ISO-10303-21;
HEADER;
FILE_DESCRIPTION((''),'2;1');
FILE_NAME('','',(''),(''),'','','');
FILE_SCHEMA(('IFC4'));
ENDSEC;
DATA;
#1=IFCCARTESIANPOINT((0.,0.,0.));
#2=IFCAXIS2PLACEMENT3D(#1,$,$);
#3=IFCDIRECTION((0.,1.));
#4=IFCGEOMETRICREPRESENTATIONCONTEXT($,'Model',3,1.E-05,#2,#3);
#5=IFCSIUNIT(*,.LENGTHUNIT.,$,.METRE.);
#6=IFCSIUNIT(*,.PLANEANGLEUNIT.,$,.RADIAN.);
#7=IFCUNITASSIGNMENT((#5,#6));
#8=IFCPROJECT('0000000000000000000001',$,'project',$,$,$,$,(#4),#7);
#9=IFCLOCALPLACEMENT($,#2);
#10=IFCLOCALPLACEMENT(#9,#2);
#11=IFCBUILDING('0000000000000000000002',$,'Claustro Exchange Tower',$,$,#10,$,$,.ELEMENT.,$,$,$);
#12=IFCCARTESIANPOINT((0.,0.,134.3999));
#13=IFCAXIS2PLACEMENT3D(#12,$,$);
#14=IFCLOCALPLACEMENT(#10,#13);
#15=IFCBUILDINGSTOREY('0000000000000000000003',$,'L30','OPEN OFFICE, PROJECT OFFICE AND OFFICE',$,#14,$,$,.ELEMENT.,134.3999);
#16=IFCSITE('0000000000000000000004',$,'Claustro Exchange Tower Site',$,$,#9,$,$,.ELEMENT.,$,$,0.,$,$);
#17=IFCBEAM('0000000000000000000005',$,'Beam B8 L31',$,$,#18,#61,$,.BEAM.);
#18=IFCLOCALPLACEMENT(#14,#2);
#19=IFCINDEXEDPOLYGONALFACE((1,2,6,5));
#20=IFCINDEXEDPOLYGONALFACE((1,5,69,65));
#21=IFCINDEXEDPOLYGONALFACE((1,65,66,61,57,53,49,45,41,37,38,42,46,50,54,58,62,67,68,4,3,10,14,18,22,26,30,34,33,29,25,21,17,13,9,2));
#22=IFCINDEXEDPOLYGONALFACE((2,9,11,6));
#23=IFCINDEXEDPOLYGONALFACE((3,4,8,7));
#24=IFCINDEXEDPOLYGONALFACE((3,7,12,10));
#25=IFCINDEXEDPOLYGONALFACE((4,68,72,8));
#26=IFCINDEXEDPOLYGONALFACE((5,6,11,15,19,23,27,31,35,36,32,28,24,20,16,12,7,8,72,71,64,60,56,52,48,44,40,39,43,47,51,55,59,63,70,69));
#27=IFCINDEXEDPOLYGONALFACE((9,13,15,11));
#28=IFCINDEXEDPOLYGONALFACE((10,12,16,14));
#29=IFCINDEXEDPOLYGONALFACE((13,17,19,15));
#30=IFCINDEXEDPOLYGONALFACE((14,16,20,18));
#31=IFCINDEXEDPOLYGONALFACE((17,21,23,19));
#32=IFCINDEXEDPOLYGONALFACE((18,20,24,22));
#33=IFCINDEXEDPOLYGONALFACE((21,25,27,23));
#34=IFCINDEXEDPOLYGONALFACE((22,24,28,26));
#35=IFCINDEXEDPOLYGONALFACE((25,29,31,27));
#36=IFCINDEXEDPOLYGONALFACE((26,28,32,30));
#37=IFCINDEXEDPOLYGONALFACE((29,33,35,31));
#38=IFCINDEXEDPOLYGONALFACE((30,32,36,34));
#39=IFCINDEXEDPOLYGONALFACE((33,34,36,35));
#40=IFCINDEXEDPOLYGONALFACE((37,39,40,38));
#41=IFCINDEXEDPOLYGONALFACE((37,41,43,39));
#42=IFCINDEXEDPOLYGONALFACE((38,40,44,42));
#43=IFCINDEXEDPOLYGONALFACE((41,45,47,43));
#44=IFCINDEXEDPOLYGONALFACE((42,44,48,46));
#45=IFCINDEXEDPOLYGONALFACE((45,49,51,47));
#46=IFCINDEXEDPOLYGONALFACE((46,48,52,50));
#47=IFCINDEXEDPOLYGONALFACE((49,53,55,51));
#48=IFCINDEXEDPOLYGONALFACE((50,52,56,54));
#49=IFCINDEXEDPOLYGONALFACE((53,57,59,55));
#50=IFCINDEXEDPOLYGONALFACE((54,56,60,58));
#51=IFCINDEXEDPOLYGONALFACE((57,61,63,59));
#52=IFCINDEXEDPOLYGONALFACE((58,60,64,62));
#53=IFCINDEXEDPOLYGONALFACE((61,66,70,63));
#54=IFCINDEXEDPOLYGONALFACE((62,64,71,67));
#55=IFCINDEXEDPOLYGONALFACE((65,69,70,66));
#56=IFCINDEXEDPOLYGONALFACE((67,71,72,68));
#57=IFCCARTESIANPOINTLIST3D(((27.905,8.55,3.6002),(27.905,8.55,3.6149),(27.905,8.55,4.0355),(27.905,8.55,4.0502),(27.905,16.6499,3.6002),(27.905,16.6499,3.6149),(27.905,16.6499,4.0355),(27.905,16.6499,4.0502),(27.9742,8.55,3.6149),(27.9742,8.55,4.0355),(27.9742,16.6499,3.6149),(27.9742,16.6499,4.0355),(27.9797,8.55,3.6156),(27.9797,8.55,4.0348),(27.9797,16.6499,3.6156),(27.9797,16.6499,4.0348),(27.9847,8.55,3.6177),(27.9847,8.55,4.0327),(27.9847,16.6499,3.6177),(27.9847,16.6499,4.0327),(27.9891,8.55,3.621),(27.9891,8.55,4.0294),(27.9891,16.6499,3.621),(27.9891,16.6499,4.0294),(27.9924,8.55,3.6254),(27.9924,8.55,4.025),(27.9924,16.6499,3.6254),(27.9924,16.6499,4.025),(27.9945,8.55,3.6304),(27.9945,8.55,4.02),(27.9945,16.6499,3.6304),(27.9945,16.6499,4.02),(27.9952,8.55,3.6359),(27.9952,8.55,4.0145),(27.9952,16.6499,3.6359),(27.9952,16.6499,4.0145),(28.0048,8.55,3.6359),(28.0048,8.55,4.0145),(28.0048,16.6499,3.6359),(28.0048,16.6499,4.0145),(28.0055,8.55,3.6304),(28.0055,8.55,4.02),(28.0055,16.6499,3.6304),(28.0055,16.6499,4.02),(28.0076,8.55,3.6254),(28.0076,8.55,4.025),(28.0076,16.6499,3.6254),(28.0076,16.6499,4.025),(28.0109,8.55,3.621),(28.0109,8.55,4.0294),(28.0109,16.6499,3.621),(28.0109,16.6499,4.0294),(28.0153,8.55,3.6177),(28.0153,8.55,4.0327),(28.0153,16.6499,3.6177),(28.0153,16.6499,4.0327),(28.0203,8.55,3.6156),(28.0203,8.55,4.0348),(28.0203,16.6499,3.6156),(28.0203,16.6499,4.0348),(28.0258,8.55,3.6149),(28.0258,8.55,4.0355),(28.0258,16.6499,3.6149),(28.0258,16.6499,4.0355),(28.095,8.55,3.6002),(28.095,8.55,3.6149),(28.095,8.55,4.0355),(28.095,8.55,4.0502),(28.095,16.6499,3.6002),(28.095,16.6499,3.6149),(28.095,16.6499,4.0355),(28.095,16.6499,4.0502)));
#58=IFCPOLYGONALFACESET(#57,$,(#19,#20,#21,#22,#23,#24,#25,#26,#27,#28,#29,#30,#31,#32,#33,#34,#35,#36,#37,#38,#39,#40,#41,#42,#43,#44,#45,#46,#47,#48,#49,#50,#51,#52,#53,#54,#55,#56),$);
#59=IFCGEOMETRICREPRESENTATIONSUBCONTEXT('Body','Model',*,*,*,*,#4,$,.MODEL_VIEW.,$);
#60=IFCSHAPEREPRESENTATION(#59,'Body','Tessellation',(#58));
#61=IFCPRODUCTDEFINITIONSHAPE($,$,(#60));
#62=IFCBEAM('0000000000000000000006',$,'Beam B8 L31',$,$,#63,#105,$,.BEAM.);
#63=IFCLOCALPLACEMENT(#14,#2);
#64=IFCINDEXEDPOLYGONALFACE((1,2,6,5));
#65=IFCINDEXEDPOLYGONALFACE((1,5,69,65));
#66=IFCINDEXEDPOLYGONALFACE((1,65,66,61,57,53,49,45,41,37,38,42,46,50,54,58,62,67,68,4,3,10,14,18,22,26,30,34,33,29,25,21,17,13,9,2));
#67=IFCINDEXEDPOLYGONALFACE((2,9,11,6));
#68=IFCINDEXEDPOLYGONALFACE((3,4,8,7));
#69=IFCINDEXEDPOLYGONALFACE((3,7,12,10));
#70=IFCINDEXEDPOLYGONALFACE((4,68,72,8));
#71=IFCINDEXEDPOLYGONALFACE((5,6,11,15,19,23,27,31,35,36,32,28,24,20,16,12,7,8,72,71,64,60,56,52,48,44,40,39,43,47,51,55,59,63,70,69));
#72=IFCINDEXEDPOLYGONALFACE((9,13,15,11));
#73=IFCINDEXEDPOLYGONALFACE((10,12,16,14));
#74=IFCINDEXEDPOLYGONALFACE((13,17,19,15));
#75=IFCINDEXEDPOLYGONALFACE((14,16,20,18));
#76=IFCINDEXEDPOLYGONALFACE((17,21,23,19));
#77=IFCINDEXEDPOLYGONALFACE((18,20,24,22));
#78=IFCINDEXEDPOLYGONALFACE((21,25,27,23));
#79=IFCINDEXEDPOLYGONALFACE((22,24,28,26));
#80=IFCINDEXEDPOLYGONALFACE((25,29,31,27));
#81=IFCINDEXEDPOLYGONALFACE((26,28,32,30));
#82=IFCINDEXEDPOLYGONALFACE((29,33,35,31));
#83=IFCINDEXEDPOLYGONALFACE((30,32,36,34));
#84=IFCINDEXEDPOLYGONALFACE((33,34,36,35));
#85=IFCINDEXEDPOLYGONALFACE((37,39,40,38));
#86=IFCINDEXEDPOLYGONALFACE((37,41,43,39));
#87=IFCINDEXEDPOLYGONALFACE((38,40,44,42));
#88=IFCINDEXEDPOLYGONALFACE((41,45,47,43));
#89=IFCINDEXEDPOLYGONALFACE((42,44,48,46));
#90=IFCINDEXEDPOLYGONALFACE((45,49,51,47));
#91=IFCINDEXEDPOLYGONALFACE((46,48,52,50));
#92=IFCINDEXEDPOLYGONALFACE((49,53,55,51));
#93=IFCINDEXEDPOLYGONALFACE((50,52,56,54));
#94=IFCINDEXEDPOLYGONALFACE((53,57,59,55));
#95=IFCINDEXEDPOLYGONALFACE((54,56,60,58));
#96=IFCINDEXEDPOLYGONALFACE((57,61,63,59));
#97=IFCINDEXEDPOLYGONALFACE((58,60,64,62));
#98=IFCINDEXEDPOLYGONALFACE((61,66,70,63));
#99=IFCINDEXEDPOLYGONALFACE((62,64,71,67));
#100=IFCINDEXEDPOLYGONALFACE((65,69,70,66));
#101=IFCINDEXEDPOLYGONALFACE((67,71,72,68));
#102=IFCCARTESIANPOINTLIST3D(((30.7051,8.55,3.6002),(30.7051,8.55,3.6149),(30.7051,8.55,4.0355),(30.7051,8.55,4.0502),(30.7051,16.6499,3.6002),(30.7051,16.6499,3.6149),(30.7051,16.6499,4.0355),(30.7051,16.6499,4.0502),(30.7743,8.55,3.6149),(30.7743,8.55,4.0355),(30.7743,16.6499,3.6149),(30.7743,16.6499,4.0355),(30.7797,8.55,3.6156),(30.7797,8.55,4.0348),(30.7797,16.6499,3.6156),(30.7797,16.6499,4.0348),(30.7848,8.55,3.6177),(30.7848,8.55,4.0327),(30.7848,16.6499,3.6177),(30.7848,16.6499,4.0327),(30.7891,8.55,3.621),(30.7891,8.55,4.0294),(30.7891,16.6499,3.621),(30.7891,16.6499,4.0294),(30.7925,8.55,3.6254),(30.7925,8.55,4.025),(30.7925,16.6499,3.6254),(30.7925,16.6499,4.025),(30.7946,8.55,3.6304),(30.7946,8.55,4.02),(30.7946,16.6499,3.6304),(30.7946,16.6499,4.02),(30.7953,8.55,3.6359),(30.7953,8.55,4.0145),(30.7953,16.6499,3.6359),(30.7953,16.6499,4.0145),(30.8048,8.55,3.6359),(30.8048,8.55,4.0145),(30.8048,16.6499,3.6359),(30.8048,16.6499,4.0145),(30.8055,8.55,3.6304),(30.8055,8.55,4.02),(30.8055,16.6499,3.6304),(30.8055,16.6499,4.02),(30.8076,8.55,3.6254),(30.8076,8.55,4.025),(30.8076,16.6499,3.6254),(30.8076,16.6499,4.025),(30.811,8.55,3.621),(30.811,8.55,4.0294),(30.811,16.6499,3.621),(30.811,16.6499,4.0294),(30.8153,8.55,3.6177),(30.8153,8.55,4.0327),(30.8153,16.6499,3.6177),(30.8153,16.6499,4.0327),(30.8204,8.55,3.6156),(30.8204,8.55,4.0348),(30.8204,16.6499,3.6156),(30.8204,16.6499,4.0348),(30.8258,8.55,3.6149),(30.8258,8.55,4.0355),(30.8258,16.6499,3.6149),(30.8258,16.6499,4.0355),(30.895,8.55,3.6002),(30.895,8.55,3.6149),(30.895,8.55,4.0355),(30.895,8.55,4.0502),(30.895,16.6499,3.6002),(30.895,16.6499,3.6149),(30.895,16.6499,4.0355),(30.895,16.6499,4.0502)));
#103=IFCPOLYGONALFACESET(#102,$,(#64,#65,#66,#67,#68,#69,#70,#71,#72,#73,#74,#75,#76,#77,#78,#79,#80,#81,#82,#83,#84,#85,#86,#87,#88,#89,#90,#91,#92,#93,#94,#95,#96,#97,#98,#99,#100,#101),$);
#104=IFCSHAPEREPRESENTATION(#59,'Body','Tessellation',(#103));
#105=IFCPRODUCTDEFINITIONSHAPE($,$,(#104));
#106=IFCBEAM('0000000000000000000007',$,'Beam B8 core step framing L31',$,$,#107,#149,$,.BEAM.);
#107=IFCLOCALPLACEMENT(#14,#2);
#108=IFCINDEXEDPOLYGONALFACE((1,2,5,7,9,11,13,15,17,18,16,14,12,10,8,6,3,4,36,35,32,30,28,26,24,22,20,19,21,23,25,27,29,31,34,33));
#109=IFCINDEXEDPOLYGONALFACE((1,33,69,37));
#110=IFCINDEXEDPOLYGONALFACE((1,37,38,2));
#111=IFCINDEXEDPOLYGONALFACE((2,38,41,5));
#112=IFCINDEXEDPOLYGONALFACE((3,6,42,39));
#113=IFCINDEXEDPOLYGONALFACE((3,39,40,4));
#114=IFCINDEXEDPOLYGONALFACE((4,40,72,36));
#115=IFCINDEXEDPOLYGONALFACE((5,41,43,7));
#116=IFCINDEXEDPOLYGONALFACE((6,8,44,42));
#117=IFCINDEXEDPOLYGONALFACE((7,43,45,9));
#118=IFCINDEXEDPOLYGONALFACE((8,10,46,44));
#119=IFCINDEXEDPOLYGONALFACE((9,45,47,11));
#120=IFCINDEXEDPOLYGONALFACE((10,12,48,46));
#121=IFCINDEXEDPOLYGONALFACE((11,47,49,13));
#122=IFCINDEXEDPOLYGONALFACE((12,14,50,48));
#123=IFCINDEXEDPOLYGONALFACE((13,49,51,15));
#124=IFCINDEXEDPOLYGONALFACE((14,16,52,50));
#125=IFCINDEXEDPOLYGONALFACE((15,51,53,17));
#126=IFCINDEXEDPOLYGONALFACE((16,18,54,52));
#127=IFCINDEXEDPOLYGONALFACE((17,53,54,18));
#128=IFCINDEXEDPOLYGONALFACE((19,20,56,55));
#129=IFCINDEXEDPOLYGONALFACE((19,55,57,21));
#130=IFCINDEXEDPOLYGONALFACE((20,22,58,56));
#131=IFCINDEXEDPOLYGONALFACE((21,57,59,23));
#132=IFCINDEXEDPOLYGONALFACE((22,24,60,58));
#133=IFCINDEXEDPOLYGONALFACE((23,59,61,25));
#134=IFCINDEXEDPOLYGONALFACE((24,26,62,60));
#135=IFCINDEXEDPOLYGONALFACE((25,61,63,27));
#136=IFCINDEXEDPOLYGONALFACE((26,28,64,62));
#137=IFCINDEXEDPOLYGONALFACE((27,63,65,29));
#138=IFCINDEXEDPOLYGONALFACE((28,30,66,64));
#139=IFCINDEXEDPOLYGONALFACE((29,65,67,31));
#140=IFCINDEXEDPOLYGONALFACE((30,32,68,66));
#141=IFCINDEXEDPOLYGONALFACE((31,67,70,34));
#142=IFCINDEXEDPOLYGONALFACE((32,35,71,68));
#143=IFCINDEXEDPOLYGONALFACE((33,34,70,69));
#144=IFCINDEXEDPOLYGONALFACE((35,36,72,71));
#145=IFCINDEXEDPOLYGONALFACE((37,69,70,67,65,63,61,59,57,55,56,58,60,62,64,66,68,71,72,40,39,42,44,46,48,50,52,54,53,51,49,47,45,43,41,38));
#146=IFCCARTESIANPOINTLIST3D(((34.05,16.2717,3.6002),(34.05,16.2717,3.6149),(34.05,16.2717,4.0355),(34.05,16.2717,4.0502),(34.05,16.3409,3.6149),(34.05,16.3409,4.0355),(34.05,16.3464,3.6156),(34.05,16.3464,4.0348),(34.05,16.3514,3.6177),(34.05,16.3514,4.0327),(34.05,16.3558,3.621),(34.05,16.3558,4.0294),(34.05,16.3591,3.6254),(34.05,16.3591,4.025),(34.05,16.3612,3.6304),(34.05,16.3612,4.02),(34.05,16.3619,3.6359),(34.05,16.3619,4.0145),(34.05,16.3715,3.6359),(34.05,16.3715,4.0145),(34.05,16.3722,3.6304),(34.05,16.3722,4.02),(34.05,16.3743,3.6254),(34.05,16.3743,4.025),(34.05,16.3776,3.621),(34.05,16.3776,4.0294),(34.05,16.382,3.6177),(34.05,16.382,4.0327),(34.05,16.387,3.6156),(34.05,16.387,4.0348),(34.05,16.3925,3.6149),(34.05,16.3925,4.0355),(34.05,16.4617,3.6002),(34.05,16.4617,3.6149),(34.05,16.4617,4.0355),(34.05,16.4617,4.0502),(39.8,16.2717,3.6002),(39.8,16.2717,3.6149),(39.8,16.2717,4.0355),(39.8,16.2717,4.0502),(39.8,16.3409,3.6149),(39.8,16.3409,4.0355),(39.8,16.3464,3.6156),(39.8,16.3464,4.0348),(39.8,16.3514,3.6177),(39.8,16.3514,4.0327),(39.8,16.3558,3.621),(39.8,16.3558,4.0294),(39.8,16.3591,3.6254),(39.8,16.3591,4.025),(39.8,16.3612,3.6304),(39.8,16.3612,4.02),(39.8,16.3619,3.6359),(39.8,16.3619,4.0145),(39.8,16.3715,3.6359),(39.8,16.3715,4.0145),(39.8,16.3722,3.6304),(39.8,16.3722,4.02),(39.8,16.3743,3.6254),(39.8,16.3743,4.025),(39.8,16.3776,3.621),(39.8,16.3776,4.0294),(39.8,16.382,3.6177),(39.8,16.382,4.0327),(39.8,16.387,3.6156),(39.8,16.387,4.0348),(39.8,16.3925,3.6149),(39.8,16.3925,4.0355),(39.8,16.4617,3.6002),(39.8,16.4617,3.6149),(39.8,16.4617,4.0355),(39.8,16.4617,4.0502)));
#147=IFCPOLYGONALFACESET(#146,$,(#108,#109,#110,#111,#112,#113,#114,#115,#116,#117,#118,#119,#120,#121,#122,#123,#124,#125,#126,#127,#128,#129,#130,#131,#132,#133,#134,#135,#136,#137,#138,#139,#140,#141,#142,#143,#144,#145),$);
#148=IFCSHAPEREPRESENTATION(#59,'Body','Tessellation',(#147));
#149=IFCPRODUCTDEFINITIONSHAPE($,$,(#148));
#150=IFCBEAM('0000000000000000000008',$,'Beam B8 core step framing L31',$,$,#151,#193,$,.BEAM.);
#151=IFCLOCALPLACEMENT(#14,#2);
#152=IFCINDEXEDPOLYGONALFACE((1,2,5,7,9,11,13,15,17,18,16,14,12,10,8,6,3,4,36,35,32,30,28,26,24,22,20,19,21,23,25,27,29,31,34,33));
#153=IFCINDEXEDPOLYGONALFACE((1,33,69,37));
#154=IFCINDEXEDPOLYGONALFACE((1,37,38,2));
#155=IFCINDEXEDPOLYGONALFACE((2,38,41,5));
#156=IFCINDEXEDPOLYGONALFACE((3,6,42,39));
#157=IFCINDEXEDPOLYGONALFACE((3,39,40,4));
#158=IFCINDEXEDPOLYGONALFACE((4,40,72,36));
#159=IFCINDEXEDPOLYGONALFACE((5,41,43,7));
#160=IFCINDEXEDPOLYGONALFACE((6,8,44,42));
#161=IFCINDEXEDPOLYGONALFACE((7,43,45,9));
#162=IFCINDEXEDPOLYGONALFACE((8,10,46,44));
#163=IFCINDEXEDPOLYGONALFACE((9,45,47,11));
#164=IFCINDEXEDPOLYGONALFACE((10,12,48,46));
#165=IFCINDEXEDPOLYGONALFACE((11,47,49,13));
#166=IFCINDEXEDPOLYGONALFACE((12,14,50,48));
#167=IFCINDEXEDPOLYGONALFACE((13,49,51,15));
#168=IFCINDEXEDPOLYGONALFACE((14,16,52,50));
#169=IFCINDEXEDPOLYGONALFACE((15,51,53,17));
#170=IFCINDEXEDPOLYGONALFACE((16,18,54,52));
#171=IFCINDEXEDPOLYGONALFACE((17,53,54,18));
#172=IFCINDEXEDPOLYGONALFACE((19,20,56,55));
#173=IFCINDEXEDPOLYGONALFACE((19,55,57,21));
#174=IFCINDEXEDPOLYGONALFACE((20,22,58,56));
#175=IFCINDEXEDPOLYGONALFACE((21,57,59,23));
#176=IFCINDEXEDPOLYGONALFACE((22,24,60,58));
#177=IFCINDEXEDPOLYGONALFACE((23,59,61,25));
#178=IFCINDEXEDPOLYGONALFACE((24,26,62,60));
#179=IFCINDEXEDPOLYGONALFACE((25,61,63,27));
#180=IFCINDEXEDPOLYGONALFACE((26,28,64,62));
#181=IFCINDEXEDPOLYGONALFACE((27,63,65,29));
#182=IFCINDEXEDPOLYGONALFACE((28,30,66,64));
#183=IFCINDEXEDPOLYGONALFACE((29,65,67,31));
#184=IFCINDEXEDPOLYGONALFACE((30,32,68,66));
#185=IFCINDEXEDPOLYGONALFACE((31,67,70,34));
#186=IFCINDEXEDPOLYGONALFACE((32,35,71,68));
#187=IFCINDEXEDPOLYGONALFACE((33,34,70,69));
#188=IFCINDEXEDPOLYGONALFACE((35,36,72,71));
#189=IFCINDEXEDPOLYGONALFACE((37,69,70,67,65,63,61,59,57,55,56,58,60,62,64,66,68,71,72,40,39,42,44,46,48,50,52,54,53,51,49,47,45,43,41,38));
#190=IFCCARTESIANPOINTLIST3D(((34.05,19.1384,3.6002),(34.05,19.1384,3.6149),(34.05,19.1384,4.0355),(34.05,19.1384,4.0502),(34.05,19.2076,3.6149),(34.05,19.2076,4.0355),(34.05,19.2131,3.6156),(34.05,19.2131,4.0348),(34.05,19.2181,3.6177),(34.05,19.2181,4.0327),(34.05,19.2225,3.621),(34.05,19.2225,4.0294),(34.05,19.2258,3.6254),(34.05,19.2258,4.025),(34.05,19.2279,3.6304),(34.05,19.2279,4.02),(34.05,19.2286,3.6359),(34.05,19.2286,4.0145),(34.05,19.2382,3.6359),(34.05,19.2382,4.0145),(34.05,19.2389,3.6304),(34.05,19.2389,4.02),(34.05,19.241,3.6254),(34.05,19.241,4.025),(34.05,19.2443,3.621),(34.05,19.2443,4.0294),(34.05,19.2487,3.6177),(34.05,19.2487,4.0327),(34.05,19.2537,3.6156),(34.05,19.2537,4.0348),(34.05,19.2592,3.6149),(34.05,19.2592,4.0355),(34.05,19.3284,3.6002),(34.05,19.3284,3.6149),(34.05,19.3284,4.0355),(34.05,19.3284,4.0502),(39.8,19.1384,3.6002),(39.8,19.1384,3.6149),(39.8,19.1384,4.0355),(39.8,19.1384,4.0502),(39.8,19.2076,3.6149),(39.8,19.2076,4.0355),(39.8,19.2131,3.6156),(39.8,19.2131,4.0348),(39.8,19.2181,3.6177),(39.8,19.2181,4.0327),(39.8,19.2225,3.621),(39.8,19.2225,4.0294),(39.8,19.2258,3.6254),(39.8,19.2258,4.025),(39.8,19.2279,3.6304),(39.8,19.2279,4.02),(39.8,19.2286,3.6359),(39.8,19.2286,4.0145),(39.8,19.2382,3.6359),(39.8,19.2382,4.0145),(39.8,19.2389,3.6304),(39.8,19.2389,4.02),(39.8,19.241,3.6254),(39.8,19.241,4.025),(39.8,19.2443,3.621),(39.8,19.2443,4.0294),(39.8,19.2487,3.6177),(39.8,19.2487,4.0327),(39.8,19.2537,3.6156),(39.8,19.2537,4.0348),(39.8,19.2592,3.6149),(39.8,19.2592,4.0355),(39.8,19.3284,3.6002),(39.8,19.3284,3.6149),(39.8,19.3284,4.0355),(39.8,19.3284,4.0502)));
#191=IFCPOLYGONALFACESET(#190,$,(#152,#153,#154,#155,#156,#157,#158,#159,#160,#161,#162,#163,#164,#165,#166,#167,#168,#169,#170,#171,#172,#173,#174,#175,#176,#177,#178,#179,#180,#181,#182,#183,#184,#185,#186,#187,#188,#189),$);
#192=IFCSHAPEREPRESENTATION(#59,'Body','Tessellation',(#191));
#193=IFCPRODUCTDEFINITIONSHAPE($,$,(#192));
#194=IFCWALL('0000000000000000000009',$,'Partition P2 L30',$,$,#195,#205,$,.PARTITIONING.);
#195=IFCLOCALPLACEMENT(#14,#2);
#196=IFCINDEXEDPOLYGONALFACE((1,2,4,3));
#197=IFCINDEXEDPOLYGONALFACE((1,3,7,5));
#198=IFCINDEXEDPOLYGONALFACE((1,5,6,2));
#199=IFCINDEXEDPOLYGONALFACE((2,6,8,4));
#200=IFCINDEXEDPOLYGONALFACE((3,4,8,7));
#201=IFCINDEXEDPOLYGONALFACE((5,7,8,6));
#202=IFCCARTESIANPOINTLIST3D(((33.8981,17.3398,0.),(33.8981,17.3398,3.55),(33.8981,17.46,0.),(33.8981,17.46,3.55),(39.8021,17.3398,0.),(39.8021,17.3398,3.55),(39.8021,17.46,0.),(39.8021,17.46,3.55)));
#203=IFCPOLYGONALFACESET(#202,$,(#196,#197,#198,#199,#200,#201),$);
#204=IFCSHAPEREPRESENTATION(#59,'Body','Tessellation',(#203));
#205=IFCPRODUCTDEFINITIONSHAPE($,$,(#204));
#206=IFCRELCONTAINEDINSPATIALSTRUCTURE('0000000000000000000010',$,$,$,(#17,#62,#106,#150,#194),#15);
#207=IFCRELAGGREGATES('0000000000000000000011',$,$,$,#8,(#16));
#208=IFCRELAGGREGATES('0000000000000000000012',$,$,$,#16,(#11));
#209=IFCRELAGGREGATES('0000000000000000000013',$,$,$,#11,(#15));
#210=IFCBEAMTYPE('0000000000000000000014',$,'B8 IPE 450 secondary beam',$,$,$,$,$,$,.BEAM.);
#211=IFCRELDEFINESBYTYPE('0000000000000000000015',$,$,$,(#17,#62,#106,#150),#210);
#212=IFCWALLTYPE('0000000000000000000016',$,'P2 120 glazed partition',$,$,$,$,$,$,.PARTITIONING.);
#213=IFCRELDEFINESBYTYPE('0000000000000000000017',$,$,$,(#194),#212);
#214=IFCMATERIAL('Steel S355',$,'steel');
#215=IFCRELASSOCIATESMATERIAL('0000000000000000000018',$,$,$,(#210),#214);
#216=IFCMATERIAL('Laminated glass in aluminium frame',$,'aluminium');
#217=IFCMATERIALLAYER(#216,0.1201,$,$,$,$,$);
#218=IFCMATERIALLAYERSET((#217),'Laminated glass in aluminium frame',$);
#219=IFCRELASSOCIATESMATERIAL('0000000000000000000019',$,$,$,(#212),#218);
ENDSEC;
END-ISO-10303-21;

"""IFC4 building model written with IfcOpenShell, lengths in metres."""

from ifc_helpers import new_model, si_unit, direction, frame, frame_2d, origin, origin_2d, place, context, subcontext, project, spatial, rectangle, i_section, extrude, material, layer, layer_set, material_profile, profile_set, type_object, element, save


model = new_model("IFC4")

# Units and contexts
model_context = context("Model", 3, precision=1e-05, world=origin(), true_north=direction((0.0, 1.0)))
body_context = subcontext(model_context, "Body", "Model", "MODEL_VIEW")
ifc_project = project(units=[si_unit("LENGTHUNIT", "METRE"), si_unit("PLANEANGLEUNIT", "RADIAN")], contexts=[model_context])

# Site, building, storey
site_placement = place(None, origin())
site = spatial("IfcSite", under=ifc_project, at=site_placement, Name="Claustro Exchange Tower Site", CompositionType="ELEMENT", RefElevation=0.0)
building_placement = place(site_placement, origin())
building = spatial("IfcBuilding", under=site, at=building_placement, Name="Claustro Exchange Tower", CompositionType="ELEMENT")
storey_placement = place(building_placement, frame((0.0, 0.0, 134.3999)))
storey = spatial("IfcBuildingStorey", under=building, at=storey_placement, Name="L30", Description="OPEN OFFICE, PROJECT OFFICE AND OFFICE", CompositionType="ELEMENT", Elevation=134.3999)

# Beams
ifc_material_1 = material(Name="Steel S355", Category="steel")
ifc_material_profile_1 = material_profile(ifc_material_1, i_section(OverallWidth=0.1899, OverallDepth=0.45, WebThickness=0.0095, FlangeThickness=0.0146, FilletRadius=0.021, at=origin_2d()), Name="IPE 450")
ifc_profile_set_1 = profile_set([ifc_material_profile_1], Name="Steel S355")
beam_type_1 = type_object("IfcBeamType", Name="B8 IPE 450 secondary beam", PredefinedType="BEAM", material=ifc_profile_set_1)
for number, where, z_axis, x_axis, name in (
    (1, (28.0, 8.55, 3.8252), (0.0, 1.0, 0.0), (-1.0, 0.0, 0.0), "Beam B8 L31"),
    (2, (30.8, 8.55, 3.8252), (0.0, 1.0, 0.0), (-1.0, 0.0, 0.0), "Beam B8 L31"),
):
    element("IfcBeam", number, at=place(storey_placement, frame(where, z_axis=z_axis, x_axis=x_axis)), inside=storey, type_object=beam_type_1, Name=name, PredefinedType="BEAM", context=body_context, shape_type="SweptSolid", body=[
        extrude(i_section(OverallWidth=0.1899, OverallDepth=0.45, WebThickness=0.0095, FlangeThickness=0.0146, FilletRadius=0.021, at=origin_2d()), origin(), (0.0, 0.0, 1.0), 8.0999),
    ])
for number, where, z_axis, x_axis, name in (
    (3, (34.05, 16.3667, 3.8252), (1.0, 0.0, 0.0), (0.0, 1.0, 0.0), "Beam B8 core step framing L31"),
    (4, (34.05, 19.2334, 3.8252), (1.0, 0.0, 0.0), (0.0, 1.0, 0.0), "Beam B8 core step framing L31"),
):
    element("IfcBeam", number, at=place(storey_placement, frame(where, z_axis=z_axis, x_axis=x_axis)), inside=storey, type_object=beam_type_1, Name=name, PredefinedType="BEAM", context=body_context, shape_type="SweptSolid", body=[
        extrude(i_section(OverallWidth=0.1899, OverallDepth=0.45, WebThickness=0.0095, FlangeThickness=0.0146, FilletRadius=0.021, at=origin_2d()), origin(), (0.0, 0.0, 1.0), 5.75),
    ])

# Wall
ifc_material_2 = material(Name="Laminated glass in aluminium frame", Category="aluminium")
ifc_layer_1 = layer(ifc_material_2, 0.1201)
ifc_layer_set_1 = layer_set([ifc_layer_1], Name="Laminated glass in aluminium frame")
wall_type_1 = type_object("IfcWallType", Name="P2 120 glazed partition", PredefinedType="PARTITIONING", material=ifc_layer_set_1)
wall_1_placement = place(storey_placement, frame((33.8979, 17.3999, 0.0), z_axis=(0.0, 0.0, 1.0), x_axis=(1.0, 0.0, 0.0)))
element("IfcWall", 5, at=wall_1_placement, inside=storey, type_object=wall_type_1, Name="Partition P2 L30", PredefinedType="PARTITIONING", context=body_context, shape_type="SweptSolid", body=[
    extrude(rectangle(XDim=5.9041, YDim=0.1201, at=frame_2d((2.9521, 0.0))), origin(), (0.0, 0.0, 1.0), 3.55),
])

save(model, "model.ifc")
